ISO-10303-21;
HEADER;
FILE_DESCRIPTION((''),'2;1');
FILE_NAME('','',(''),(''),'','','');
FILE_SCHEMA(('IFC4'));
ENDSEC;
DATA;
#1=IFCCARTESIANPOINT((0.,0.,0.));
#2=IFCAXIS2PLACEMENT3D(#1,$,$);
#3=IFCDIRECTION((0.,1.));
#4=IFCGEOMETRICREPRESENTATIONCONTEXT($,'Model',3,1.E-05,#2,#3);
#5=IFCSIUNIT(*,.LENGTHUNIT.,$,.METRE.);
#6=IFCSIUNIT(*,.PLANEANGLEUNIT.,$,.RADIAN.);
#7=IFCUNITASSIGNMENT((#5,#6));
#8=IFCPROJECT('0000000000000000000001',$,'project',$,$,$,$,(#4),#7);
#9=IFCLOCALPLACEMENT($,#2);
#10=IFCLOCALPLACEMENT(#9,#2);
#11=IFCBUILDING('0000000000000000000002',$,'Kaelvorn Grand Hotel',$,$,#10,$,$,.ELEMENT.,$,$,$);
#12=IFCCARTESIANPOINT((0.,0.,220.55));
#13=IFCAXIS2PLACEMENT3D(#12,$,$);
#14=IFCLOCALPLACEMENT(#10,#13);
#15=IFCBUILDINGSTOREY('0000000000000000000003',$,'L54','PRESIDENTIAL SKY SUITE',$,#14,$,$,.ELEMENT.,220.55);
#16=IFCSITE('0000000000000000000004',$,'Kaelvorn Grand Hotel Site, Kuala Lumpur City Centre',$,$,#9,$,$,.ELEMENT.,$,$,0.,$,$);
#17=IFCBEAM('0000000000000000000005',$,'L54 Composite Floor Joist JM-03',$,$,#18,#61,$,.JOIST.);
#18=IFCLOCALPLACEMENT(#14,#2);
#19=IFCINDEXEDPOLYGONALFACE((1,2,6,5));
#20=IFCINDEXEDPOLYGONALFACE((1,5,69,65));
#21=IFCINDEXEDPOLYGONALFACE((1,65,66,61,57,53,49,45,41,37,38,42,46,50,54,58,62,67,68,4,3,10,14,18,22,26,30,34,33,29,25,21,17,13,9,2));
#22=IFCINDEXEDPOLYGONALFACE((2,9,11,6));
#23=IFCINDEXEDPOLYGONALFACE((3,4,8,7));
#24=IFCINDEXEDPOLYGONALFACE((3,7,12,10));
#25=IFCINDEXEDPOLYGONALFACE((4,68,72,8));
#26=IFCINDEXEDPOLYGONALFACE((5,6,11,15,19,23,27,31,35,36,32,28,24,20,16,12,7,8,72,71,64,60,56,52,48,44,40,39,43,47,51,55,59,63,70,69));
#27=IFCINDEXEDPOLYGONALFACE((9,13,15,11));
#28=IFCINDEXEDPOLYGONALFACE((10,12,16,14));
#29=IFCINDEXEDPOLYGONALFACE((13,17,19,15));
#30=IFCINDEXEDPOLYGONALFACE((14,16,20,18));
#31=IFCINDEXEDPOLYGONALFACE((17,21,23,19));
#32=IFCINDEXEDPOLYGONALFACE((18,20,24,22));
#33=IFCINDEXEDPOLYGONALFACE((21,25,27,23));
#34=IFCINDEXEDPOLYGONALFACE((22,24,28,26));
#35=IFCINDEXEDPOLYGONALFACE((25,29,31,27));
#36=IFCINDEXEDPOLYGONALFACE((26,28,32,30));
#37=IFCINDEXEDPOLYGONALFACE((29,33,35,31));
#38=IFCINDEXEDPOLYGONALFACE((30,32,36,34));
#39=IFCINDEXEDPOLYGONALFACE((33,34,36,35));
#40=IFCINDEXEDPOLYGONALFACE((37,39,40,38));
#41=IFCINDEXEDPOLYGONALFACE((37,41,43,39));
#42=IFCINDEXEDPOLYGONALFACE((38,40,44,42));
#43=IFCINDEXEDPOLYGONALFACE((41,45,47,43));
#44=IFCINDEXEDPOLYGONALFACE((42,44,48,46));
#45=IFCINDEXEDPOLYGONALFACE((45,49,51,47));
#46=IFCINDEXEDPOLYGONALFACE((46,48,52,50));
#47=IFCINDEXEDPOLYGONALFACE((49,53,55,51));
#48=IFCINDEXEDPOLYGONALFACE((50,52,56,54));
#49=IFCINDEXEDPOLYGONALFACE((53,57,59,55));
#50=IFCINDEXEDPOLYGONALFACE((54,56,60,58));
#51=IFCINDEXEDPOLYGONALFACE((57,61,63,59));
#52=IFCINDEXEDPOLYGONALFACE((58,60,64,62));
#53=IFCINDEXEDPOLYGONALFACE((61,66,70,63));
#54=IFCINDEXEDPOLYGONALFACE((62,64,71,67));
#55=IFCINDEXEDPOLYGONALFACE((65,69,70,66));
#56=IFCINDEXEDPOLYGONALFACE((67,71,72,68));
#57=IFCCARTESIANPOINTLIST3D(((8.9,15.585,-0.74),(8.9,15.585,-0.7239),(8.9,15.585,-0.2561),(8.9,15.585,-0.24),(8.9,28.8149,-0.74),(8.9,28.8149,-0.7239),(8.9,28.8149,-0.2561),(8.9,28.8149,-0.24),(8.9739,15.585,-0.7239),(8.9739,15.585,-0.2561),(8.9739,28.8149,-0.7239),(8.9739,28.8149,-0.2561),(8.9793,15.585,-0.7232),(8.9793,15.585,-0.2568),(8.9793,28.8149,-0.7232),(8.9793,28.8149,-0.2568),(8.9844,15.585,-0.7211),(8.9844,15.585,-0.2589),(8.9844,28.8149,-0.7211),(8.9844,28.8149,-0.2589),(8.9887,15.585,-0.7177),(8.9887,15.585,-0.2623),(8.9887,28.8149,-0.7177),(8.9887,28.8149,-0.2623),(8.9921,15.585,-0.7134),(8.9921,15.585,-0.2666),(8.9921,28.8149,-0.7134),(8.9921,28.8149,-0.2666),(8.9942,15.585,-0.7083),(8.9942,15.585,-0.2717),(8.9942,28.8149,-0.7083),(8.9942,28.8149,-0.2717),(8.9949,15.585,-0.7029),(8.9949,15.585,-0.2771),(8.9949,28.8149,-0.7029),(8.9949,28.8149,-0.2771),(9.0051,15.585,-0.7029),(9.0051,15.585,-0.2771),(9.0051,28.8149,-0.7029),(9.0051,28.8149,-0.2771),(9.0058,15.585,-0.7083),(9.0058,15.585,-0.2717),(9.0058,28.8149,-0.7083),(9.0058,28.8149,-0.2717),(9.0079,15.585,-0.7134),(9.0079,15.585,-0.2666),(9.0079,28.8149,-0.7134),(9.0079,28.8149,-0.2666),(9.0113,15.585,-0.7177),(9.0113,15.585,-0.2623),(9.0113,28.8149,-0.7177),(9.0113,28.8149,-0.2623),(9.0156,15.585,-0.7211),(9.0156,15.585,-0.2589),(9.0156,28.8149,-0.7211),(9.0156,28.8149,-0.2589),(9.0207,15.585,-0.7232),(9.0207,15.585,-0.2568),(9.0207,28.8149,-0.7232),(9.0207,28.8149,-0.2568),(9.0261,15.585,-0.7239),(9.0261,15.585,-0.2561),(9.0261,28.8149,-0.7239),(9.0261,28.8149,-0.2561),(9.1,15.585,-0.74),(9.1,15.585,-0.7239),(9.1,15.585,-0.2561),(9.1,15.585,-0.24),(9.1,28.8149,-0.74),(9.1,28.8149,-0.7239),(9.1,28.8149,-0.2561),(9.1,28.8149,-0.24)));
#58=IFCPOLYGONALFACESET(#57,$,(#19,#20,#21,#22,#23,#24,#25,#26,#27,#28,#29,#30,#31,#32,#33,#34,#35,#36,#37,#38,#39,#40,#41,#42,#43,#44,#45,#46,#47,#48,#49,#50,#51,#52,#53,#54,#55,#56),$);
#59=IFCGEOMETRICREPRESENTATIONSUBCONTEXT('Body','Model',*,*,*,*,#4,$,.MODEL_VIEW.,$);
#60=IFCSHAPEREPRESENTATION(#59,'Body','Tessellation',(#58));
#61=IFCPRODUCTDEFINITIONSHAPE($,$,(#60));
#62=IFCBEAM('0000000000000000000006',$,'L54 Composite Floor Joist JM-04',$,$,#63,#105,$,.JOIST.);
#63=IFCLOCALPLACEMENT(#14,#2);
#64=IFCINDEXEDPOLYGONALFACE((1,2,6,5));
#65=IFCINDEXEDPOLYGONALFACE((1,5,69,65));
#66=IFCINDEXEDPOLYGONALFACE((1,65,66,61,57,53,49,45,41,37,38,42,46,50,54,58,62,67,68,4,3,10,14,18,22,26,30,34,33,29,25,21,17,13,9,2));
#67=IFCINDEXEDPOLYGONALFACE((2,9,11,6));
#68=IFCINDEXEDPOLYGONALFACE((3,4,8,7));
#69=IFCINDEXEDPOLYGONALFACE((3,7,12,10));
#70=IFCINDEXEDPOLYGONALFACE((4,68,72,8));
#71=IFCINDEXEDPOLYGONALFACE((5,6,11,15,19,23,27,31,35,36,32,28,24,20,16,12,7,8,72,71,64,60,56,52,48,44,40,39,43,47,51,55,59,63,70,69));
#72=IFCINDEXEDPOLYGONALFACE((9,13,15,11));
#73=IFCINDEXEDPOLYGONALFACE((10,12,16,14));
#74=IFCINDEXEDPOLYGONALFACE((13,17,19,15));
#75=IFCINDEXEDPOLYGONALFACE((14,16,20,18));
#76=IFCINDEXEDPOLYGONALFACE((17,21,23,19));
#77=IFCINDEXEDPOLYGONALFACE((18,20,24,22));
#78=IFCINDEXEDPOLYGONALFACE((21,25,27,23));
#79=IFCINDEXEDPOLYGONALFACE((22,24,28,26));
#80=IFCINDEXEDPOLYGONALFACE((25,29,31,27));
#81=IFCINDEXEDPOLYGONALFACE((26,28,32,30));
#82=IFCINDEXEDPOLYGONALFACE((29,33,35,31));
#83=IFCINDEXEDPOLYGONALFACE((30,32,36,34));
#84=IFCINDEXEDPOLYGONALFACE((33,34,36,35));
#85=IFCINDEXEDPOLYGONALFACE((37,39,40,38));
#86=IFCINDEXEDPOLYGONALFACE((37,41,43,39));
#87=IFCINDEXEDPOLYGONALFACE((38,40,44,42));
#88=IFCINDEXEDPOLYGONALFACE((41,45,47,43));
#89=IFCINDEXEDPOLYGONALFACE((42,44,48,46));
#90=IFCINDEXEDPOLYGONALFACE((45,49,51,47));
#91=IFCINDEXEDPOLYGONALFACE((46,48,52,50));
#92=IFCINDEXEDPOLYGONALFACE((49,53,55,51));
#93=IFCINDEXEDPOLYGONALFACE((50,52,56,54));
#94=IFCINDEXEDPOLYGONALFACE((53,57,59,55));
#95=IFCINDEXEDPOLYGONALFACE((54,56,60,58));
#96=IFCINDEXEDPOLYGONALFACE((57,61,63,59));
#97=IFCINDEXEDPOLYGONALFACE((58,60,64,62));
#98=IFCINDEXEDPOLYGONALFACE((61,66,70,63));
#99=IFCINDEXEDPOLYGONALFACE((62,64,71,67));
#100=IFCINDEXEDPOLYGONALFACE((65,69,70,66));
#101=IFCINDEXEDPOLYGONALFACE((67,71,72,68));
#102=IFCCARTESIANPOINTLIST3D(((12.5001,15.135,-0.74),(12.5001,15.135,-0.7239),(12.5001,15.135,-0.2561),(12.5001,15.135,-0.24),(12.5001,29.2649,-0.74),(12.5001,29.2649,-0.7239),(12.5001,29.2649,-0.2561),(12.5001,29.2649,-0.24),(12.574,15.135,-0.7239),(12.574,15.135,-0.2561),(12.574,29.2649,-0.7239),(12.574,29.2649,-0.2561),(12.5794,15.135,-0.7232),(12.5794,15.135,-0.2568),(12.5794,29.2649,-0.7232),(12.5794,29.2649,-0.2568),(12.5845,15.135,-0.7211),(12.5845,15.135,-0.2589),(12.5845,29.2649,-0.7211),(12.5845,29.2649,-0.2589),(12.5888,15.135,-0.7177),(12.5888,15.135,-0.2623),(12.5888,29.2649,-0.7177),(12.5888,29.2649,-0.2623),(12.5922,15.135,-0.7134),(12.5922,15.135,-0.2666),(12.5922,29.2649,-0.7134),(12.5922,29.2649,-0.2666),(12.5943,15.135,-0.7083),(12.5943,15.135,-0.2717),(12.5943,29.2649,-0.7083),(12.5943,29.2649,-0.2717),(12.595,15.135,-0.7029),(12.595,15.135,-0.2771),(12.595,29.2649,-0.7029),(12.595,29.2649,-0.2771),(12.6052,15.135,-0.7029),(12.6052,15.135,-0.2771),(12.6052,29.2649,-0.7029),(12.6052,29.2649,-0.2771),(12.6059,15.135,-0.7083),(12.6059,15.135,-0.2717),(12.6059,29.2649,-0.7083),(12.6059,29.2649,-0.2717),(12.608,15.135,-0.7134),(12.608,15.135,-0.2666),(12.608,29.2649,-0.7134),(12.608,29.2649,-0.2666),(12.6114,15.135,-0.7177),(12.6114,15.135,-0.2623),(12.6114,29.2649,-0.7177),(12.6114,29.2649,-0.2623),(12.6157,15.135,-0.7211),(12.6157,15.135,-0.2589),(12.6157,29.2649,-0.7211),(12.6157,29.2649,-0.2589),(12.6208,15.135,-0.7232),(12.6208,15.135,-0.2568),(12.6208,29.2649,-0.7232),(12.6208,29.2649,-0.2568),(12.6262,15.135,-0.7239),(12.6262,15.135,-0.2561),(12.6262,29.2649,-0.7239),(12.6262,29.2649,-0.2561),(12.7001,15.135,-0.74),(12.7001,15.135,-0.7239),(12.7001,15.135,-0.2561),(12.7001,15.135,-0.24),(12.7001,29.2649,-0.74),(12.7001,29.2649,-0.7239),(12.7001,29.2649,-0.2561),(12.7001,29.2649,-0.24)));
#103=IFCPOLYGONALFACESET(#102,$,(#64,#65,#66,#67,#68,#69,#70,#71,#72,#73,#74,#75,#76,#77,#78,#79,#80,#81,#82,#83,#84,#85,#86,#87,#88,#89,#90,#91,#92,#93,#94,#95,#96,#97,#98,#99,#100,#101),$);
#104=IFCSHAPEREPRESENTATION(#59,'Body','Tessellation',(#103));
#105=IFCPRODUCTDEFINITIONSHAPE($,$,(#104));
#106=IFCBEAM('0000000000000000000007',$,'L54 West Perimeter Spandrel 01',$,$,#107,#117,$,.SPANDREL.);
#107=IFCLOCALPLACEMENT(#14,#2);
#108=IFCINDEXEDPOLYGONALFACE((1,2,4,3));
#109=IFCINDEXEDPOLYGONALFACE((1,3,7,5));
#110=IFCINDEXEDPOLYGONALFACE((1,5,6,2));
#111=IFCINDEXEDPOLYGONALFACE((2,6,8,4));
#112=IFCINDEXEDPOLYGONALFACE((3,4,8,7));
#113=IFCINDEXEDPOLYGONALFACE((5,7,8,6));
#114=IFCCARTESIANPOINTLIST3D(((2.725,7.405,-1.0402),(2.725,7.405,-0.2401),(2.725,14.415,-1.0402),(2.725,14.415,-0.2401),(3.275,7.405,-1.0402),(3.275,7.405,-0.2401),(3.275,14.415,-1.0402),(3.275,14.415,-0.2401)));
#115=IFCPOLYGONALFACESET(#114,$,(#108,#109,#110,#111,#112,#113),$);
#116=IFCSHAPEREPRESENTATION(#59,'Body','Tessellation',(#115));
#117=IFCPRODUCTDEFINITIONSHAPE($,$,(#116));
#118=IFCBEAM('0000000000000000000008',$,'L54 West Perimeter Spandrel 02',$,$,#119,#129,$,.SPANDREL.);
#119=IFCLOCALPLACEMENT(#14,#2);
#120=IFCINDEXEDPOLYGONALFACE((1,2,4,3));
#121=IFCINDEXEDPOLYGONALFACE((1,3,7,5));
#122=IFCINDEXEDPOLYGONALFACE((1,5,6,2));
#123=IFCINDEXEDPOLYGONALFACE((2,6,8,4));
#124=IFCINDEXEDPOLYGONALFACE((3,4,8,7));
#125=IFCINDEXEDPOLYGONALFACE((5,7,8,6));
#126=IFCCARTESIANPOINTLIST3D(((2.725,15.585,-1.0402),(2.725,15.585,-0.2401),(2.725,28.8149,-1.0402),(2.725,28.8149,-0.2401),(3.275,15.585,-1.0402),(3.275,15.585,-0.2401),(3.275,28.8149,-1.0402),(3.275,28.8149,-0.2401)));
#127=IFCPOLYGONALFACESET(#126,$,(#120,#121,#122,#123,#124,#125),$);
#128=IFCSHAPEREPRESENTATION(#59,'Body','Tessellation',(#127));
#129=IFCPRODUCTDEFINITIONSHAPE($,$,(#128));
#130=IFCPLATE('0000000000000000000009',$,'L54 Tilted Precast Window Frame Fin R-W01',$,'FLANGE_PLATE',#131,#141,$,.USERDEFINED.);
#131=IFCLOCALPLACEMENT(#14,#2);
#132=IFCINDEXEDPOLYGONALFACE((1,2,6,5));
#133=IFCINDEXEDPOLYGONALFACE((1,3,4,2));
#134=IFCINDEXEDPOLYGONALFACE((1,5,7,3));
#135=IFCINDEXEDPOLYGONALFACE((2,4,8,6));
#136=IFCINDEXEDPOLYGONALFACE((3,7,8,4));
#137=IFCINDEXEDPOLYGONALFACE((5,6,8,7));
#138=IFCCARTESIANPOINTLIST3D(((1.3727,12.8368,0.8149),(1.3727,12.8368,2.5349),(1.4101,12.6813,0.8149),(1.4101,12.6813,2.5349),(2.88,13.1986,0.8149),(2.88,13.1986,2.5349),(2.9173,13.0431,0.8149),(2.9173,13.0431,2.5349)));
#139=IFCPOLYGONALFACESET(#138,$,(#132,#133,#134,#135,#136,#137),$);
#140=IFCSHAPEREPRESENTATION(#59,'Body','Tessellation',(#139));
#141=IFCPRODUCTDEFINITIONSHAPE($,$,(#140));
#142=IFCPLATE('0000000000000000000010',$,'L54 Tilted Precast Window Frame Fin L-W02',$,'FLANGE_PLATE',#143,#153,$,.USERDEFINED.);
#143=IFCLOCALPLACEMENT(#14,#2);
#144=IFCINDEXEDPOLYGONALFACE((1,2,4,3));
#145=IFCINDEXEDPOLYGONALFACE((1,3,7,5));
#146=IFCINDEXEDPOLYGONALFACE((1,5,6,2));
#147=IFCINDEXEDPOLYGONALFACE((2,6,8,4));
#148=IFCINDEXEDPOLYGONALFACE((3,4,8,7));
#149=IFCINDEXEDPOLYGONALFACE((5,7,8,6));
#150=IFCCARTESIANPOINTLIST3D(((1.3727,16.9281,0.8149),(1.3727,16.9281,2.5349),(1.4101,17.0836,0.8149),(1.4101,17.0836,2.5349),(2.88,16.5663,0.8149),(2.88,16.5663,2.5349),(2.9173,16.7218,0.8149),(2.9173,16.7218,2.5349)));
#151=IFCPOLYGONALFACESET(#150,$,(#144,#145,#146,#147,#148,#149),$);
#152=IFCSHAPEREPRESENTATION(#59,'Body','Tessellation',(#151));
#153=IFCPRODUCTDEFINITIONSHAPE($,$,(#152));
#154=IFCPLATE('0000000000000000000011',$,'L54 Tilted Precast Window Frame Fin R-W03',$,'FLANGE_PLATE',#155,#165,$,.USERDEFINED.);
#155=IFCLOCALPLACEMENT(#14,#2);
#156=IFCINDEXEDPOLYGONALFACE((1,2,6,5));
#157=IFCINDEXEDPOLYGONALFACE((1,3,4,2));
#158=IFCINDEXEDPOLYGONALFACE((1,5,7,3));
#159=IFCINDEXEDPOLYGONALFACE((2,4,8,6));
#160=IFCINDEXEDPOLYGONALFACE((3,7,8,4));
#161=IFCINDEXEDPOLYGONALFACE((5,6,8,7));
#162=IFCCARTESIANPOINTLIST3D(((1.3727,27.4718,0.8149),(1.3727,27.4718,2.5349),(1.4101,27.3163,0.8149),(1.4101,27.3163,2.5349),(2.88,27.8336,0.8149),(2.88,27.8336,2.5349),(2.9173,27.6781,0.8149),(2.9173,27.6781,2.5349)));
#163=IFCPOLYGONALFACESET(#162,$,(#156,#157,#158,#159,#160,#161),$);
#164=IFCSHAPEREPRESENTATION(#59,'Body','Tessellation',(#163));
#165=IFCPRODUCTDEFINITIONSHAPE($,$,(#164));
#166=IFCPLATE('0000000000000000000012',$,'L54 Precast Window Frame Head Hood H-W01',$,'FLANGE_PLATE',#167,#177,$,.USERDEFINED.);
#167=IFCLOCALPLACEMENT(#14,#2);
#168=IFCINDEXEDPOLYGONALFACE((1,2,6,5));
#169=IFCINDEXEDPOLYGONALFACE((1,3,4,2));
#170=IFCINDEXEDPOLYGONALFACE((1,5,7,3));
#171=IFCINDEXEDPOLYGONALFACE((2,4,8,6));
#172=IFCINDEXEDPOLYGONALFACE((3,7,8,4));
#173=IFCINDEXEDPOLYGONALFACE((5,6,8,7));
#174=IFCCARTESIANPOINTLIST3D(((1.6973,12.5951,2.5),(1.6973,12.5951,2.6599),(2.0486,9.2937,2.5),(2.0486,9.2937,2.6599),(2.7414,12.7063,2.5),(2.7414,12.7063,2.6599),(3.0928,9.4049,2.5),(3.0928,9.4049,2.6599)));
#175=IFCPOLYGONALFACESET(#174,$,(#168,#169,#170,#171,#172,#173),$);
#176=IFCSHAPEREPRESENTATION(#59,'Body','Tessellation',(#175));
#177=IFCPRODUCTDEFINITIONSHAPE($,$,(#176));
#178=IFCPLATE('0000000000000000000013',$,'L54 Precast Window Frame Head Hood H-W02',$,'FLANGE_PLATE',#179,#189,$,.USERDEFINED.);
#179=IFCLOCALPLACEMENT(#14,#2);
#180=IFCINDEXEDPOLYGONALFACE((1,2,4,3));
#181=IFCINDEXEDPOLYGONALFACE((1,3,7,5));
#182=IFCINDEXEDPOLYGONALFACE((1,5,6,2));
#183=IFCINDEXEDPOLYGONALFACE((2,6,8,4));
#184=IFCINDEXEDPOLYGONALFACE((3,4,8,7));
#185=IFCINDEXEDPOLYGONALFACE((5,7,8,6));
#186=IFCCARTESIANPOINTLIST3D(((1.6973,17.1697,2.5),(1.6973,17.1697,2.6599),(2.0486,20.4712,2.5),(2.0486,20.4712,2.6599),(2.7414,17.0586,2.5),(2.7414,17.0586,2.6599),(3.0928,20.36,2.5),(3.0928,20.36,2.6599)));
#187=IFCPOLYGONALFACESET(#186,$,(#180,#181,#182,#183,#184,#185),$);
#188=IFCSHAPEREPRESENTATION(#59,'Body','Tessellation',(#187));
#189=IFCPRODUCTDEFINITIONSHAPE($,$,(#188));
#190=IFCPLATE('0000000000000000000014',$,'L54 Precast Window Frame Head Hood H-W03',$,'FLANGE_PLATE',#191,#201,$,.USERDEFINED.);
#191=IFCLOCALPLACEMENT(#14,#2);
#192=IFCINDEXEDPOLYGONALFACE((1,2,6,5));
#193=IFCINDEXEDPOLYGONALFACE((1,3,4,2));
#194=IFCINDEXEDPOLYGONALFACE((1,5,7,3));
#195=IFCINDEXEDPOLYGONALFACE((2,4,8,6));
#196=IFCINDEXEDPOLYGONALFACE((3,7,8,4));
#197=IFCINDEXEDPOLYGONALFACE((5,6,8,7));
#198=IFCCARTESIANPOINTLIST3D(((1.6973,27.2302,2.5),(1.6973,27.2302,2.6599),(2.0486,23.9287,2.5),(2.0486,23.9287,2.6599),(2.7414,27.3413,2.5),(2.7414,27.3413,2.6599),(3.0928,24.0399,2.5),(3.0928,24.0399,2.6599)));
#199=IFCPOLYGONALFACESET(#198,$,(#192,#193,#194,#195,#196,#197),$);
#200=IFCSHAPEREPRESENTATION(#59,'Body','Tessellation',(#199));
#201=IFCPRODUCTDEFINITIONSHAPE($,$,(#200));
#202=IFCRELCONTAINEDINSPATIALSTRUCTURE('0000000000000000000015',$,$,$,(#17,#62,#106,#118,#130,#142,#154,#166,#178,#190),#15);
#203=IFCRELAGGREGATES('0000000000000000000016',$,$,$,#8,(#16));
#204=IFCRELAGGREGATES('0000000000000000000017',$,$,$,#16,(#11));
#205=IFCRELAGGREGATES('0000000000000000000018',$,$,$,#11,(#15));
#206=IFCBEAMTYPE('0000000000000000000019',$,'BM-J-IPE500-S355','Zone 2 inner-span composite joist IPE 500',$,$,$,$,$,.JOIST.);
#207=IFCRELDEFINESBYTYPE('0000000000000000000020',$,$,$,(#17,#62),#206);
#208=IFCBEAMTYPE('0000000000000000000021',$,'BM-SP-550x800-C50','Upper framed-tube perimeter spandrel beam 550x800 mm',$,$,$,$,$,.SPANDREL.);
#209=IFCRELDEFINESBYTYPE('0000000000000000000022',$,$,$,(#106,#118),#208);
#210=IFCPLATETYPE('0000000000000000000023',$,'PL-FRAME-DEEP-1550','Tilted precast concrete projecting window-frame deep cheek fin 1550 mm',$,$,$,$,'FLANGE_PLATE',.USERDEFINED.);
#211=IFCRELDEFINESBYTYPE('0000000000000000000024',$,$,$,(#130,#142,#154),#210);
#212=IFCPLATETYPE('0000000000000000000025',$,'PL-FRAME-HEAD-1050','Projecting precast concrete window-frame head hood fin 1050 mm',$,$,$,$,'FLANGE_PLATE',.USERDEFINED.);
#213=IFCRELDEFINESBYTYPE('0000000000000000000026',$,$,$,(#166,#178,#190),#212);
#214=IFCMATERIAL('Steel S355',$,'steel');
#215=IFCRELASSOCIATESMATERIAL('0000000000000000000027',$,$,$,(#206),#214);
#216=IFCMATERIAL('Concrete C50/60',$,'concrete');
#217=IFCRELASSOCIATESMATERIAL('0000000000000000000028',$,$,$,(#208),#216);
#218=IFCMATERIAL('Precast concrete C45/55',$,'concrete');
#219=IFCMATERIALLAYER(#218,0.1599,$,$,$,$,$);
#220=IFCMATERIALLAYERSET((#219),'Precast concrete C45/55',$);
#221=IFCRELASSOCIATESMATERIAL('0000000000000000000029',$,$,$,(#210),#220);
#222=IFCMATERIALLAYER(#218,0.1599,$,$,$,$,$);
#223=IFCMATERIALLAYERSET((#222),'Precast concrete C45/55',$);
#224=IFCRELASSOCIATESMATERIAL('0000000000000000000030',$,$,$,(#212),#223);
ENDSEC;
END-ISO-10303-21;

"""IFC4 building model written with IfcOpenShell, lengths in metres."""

from ifc_helpers import new_model, si_unit, direction, frame, origin, origin_2d, place, context, subcontext, project, spatial, rectangle, i_section, extrude, material, layer, layer_set, material_profile, profile_set, type_object, element, save


model = new_model("IFC4")

# Units and contexts
model_context = context("Model", 3, precision=1e-05, world=origin(), true_north=direction((0.0, 1.0)))
body_context = subcontext(model_context, "Body", "Model", "MODEL_VIEW")
ifc_project = project(units=[si_unit("LENGTHUNIT", "METRE"), si_unit("PLANEANGLEUNIT", "RADIAN")], contexts=[model_context])

# Site, building, storey
site_placement = place(None, origin())
site = spatial("IfcSite", under=ifc_project, at=site_placement, Name="Kaelvorn Grand Hotel Site, Kuala Lumpur City Centre", CompositionType="ELEMENT", RefElevation=0.0)
building_placement = place(site_placement, origin())
building = spatial("IfcBuilding", under=site, at=building_placement, Name="Kaelvorn Grand Hotel", CompositionType="ELEMENT")
storey_placement = place(building_placement, frame((0.0, 0.0, 220.55)))
storey = spatial("IfcBuildingStorey", under=building, at=storey_placement, Name="L54", Description="PRESIDENTIAL SKY SUITE", CompositionType="ELEMENT", Elevation=220.55)

# Beams
ifc_material_1 = material(Name="Steel S355", Category="steel")
ifc_material_profile_1 = material_profile(ifc_material_1, i_section(OverallWidth=0.2, OverallDepth=0.5, WebThickness=0.0103, FlangeThickness=0.0161, FilletRadius=0.021, at=origin_2d()), Name="IPE 500")
ifc_profile_set_1 = profile_set([ifc_material_profile_1], Name="Steel S355")
beam_type_1 = type_object("IfcBeamType", Name="BM-J-IPE500-S355", Description="Zone 2 inner-span composite joist IPE 500", PredefinedType="JOIST", material=ifc_profile_set_1)
beam_1_placement = place(storey_placement, frame((9.0, 15.585, -0.49), z_axis=(0.0, 1.0, 0.0), x_axis=(-1.0, 0.0, 0.0)))
element("IfcBeam", 1, at=beam_1_placement, inside=storey, type_object=beam_type_1, Name="L54 Composite Floor Joist JM-03", PredefinedType="JOIST", context=body_context, shape_type="SweptSolid", body=[
    extrude(i_section(OverallWidth=0.2, OverallDepth=0.5, WebThickness=0.0103, FlangeThickness=0.0161, FilletRadius=0.021, at=origin_2d()), origin(), (0.0, 0.0, 1.0), 13.23),
])
beam_2_placement = place(storey_placement, frame((12.6001, 15.135, -0.49), z_axis=(0.0, 1.0, 0.0), x_axis=(-1.0, 0.0, 0.0)))
element("IfcBeam", 2, at=beam_2_placement, inside=storey, type_object=beam_type_1, Name="L54 Composite Floor Joist JM-04", PredefinedType="JOIST", context=body_context, shape_type="SweptSolid", body=[
    extrude(i_section(OverallWidth=0.2, OverallDepth=0.5, WebThickness=0.0103, FlangeThickness=0.0161, FilletRadius=0.021, at=origin_2d()), origin(), (0.0, 0.0, 1.0), 14.1299),
])
ifc_material_2 = material(Name="Concrete C50/60", Category="concrete")
ifc_material_profile_2 = material_profile(ifc_material_2, rectangle(XDim=0.55, YDim=0.8, at=origin_2d()), Name="RC SPANDREL 550x800")
ifc_profile_set_2 = profile_set([ifc_material_profile_2], Name="Concrete C50/60")
beam_type_2 = type_object("IfcBeamType", Name="BM-SP-550x800-C50", Description="Upper framed-tube perimeter spandrel beam 550x800 mm", PredefinedType="SPANDREL", material=ifc_profile_set_2)
beam_3_placement = place(storey_placement, frame((3.0, 7.405, -0.6401), z_axis=(0.0, 1.0, 0.0), x_axis=(-1.0, 0.0, 0.0)))
element("IfcBeam", 3, at=beam_3_placement, inside=storey, type_object=beam_type_2, Name="L54 West Perimeter Spandrel 01", PredefinedType="SPANDREL", context=body_context, shape_type="SweptSolid", body=[
    extrude(rectangle(XDim=0.55, YDim=0.8, at=origin_2d()), origin(), (0.0, 0.0, 1.0), 7.01),
])
beam_4_placement = place(storey_placement, frame((3.0, 15.585, -0.6401), z_axis=(0.0, 1.0, 0.0), x_axis=(-1.0, 0.0, 0.0)))
element("IfcBeam", 4, at=beam_4_placement, inside=storey, type_object=beam_type_2, Name="L54 West Perimeter Spandrel 02", PredefinedType="SPANDREL", context=body_context, shape_type="SweptSolid", body=[
    extrude(rectangle(XDim=0.55, YDim=0.8, at=origin_2d()), origin(), (0.0, 0.0, 1.0), 13.23),
])

# Plates
ifc_material_3 = material(Name="Precast concrete C45/55", Category="concrete")
ifc_layer_1 = layer(ifc_material_3, 0.1599)
ifc_layer_set_1 = layer_set([ifc_layer_1], Name="Precast concrete C45/55")
plate_type_1 = type_object("IfcPlateType", Name="PL-FRAME-DEEP-1550", Description="Tilted precast concrete projecting window-frame deep cheek fin 1550 mm", ElementType="FLANGE_PLATE", PredefinedType="USERDEFINED", material=ifc_layer_set_1)
for number, where, z_axis, x_axis, name in (
    (5, (2.145, 12.9399, 0.8149), (0.0, 0.0, 1.0), (-0.233445, 0.97237, 0.0), "L54 Tilted Precast Window Frame Fin R-W01"),
    (6, (2.145, 16.825, 0.8149), (0.0, 0.0, 1.0), (0.233445, 0.97237, 0.0), "L54 Tilted Precast Window Frame Fin L-W02"),
    (7, (2.145, 27.575, 0.8149), (0.0, 0.0, 1.0), (-0.233445, 0.97237, 0.0), "L54 Tilted Precast Window Frame Fin R-W03"),
):
    element("IfcPlate", number, at=place(storey_placement, frame(where, z_axis=z_axis, x_axis=x_axis)), inside=storey, type_object=plate_type_1, Name=name, ObjectType="FLANGE_PLATE", PredefinedType="USERDEFINED", context=body_context, shape_type="SweptSolid", body=[
        extrude(rectangle(XDim=0.1599, YDim=1.55, at=origin_2d()), origin(), (0.0, 0.0, 1.0), 1.72),
    ])
ifc_layer_2 = layer(ifc_material_3, 0.1599)
ifc_layer_set_2 = layer_set([ifc_layer_2], Name="Precast concrete C45/55")
plate_type_2 = type_object("IfcPlateType", Name="PL-FRAME-HEAD-1050", Description="Projecting precast concrete window-frame head hood fin 1050 mm", ElementType="FLANGE_PLATE", PredefinedType="USERDEFINED", material=ifc_layer_set_2)
for number, where, z_axis, x_axis, name in (
    (8, (2.395, 11.0, 2.5), (0.0, 0.0, 1.0), (-0.10583, 0.994384, 0.0), "L54 Precast Window Frame Head Hood H-W01"),
    (9, (2.395, 18.7649, 2.5), (0.0, 0.0, 1.0), (0.10583, 0.994384, 0.0), "L54 Precast Window Frame Head Hood H-W02"),
    (10, (2.395, 25.635, 2.5), (0.0, 0.0, 1.0), (-0.10583, 0.994384, 0.0), "L54 Precast Window Frame Head Hood H-W03"),
):
    element("IfcPlate", number, at=place(storey_placement, frame(where, z_axis=z_axis, x_axis=x_axis)), inside=storey, type_object=plate_type_2, Name=name, ObjectType="FLANGE_PLATE", PredefinedType="USERDEFINED", context=body_context, shape_type="SweptSolid", body=[
        extrude(rectangle(XDim=3.3201, YDim=1.05, at=origin_2d()), origin(), (0.0, 0.0, 1.0), 0.1599),
    ])

save(model, "model.ifc")
